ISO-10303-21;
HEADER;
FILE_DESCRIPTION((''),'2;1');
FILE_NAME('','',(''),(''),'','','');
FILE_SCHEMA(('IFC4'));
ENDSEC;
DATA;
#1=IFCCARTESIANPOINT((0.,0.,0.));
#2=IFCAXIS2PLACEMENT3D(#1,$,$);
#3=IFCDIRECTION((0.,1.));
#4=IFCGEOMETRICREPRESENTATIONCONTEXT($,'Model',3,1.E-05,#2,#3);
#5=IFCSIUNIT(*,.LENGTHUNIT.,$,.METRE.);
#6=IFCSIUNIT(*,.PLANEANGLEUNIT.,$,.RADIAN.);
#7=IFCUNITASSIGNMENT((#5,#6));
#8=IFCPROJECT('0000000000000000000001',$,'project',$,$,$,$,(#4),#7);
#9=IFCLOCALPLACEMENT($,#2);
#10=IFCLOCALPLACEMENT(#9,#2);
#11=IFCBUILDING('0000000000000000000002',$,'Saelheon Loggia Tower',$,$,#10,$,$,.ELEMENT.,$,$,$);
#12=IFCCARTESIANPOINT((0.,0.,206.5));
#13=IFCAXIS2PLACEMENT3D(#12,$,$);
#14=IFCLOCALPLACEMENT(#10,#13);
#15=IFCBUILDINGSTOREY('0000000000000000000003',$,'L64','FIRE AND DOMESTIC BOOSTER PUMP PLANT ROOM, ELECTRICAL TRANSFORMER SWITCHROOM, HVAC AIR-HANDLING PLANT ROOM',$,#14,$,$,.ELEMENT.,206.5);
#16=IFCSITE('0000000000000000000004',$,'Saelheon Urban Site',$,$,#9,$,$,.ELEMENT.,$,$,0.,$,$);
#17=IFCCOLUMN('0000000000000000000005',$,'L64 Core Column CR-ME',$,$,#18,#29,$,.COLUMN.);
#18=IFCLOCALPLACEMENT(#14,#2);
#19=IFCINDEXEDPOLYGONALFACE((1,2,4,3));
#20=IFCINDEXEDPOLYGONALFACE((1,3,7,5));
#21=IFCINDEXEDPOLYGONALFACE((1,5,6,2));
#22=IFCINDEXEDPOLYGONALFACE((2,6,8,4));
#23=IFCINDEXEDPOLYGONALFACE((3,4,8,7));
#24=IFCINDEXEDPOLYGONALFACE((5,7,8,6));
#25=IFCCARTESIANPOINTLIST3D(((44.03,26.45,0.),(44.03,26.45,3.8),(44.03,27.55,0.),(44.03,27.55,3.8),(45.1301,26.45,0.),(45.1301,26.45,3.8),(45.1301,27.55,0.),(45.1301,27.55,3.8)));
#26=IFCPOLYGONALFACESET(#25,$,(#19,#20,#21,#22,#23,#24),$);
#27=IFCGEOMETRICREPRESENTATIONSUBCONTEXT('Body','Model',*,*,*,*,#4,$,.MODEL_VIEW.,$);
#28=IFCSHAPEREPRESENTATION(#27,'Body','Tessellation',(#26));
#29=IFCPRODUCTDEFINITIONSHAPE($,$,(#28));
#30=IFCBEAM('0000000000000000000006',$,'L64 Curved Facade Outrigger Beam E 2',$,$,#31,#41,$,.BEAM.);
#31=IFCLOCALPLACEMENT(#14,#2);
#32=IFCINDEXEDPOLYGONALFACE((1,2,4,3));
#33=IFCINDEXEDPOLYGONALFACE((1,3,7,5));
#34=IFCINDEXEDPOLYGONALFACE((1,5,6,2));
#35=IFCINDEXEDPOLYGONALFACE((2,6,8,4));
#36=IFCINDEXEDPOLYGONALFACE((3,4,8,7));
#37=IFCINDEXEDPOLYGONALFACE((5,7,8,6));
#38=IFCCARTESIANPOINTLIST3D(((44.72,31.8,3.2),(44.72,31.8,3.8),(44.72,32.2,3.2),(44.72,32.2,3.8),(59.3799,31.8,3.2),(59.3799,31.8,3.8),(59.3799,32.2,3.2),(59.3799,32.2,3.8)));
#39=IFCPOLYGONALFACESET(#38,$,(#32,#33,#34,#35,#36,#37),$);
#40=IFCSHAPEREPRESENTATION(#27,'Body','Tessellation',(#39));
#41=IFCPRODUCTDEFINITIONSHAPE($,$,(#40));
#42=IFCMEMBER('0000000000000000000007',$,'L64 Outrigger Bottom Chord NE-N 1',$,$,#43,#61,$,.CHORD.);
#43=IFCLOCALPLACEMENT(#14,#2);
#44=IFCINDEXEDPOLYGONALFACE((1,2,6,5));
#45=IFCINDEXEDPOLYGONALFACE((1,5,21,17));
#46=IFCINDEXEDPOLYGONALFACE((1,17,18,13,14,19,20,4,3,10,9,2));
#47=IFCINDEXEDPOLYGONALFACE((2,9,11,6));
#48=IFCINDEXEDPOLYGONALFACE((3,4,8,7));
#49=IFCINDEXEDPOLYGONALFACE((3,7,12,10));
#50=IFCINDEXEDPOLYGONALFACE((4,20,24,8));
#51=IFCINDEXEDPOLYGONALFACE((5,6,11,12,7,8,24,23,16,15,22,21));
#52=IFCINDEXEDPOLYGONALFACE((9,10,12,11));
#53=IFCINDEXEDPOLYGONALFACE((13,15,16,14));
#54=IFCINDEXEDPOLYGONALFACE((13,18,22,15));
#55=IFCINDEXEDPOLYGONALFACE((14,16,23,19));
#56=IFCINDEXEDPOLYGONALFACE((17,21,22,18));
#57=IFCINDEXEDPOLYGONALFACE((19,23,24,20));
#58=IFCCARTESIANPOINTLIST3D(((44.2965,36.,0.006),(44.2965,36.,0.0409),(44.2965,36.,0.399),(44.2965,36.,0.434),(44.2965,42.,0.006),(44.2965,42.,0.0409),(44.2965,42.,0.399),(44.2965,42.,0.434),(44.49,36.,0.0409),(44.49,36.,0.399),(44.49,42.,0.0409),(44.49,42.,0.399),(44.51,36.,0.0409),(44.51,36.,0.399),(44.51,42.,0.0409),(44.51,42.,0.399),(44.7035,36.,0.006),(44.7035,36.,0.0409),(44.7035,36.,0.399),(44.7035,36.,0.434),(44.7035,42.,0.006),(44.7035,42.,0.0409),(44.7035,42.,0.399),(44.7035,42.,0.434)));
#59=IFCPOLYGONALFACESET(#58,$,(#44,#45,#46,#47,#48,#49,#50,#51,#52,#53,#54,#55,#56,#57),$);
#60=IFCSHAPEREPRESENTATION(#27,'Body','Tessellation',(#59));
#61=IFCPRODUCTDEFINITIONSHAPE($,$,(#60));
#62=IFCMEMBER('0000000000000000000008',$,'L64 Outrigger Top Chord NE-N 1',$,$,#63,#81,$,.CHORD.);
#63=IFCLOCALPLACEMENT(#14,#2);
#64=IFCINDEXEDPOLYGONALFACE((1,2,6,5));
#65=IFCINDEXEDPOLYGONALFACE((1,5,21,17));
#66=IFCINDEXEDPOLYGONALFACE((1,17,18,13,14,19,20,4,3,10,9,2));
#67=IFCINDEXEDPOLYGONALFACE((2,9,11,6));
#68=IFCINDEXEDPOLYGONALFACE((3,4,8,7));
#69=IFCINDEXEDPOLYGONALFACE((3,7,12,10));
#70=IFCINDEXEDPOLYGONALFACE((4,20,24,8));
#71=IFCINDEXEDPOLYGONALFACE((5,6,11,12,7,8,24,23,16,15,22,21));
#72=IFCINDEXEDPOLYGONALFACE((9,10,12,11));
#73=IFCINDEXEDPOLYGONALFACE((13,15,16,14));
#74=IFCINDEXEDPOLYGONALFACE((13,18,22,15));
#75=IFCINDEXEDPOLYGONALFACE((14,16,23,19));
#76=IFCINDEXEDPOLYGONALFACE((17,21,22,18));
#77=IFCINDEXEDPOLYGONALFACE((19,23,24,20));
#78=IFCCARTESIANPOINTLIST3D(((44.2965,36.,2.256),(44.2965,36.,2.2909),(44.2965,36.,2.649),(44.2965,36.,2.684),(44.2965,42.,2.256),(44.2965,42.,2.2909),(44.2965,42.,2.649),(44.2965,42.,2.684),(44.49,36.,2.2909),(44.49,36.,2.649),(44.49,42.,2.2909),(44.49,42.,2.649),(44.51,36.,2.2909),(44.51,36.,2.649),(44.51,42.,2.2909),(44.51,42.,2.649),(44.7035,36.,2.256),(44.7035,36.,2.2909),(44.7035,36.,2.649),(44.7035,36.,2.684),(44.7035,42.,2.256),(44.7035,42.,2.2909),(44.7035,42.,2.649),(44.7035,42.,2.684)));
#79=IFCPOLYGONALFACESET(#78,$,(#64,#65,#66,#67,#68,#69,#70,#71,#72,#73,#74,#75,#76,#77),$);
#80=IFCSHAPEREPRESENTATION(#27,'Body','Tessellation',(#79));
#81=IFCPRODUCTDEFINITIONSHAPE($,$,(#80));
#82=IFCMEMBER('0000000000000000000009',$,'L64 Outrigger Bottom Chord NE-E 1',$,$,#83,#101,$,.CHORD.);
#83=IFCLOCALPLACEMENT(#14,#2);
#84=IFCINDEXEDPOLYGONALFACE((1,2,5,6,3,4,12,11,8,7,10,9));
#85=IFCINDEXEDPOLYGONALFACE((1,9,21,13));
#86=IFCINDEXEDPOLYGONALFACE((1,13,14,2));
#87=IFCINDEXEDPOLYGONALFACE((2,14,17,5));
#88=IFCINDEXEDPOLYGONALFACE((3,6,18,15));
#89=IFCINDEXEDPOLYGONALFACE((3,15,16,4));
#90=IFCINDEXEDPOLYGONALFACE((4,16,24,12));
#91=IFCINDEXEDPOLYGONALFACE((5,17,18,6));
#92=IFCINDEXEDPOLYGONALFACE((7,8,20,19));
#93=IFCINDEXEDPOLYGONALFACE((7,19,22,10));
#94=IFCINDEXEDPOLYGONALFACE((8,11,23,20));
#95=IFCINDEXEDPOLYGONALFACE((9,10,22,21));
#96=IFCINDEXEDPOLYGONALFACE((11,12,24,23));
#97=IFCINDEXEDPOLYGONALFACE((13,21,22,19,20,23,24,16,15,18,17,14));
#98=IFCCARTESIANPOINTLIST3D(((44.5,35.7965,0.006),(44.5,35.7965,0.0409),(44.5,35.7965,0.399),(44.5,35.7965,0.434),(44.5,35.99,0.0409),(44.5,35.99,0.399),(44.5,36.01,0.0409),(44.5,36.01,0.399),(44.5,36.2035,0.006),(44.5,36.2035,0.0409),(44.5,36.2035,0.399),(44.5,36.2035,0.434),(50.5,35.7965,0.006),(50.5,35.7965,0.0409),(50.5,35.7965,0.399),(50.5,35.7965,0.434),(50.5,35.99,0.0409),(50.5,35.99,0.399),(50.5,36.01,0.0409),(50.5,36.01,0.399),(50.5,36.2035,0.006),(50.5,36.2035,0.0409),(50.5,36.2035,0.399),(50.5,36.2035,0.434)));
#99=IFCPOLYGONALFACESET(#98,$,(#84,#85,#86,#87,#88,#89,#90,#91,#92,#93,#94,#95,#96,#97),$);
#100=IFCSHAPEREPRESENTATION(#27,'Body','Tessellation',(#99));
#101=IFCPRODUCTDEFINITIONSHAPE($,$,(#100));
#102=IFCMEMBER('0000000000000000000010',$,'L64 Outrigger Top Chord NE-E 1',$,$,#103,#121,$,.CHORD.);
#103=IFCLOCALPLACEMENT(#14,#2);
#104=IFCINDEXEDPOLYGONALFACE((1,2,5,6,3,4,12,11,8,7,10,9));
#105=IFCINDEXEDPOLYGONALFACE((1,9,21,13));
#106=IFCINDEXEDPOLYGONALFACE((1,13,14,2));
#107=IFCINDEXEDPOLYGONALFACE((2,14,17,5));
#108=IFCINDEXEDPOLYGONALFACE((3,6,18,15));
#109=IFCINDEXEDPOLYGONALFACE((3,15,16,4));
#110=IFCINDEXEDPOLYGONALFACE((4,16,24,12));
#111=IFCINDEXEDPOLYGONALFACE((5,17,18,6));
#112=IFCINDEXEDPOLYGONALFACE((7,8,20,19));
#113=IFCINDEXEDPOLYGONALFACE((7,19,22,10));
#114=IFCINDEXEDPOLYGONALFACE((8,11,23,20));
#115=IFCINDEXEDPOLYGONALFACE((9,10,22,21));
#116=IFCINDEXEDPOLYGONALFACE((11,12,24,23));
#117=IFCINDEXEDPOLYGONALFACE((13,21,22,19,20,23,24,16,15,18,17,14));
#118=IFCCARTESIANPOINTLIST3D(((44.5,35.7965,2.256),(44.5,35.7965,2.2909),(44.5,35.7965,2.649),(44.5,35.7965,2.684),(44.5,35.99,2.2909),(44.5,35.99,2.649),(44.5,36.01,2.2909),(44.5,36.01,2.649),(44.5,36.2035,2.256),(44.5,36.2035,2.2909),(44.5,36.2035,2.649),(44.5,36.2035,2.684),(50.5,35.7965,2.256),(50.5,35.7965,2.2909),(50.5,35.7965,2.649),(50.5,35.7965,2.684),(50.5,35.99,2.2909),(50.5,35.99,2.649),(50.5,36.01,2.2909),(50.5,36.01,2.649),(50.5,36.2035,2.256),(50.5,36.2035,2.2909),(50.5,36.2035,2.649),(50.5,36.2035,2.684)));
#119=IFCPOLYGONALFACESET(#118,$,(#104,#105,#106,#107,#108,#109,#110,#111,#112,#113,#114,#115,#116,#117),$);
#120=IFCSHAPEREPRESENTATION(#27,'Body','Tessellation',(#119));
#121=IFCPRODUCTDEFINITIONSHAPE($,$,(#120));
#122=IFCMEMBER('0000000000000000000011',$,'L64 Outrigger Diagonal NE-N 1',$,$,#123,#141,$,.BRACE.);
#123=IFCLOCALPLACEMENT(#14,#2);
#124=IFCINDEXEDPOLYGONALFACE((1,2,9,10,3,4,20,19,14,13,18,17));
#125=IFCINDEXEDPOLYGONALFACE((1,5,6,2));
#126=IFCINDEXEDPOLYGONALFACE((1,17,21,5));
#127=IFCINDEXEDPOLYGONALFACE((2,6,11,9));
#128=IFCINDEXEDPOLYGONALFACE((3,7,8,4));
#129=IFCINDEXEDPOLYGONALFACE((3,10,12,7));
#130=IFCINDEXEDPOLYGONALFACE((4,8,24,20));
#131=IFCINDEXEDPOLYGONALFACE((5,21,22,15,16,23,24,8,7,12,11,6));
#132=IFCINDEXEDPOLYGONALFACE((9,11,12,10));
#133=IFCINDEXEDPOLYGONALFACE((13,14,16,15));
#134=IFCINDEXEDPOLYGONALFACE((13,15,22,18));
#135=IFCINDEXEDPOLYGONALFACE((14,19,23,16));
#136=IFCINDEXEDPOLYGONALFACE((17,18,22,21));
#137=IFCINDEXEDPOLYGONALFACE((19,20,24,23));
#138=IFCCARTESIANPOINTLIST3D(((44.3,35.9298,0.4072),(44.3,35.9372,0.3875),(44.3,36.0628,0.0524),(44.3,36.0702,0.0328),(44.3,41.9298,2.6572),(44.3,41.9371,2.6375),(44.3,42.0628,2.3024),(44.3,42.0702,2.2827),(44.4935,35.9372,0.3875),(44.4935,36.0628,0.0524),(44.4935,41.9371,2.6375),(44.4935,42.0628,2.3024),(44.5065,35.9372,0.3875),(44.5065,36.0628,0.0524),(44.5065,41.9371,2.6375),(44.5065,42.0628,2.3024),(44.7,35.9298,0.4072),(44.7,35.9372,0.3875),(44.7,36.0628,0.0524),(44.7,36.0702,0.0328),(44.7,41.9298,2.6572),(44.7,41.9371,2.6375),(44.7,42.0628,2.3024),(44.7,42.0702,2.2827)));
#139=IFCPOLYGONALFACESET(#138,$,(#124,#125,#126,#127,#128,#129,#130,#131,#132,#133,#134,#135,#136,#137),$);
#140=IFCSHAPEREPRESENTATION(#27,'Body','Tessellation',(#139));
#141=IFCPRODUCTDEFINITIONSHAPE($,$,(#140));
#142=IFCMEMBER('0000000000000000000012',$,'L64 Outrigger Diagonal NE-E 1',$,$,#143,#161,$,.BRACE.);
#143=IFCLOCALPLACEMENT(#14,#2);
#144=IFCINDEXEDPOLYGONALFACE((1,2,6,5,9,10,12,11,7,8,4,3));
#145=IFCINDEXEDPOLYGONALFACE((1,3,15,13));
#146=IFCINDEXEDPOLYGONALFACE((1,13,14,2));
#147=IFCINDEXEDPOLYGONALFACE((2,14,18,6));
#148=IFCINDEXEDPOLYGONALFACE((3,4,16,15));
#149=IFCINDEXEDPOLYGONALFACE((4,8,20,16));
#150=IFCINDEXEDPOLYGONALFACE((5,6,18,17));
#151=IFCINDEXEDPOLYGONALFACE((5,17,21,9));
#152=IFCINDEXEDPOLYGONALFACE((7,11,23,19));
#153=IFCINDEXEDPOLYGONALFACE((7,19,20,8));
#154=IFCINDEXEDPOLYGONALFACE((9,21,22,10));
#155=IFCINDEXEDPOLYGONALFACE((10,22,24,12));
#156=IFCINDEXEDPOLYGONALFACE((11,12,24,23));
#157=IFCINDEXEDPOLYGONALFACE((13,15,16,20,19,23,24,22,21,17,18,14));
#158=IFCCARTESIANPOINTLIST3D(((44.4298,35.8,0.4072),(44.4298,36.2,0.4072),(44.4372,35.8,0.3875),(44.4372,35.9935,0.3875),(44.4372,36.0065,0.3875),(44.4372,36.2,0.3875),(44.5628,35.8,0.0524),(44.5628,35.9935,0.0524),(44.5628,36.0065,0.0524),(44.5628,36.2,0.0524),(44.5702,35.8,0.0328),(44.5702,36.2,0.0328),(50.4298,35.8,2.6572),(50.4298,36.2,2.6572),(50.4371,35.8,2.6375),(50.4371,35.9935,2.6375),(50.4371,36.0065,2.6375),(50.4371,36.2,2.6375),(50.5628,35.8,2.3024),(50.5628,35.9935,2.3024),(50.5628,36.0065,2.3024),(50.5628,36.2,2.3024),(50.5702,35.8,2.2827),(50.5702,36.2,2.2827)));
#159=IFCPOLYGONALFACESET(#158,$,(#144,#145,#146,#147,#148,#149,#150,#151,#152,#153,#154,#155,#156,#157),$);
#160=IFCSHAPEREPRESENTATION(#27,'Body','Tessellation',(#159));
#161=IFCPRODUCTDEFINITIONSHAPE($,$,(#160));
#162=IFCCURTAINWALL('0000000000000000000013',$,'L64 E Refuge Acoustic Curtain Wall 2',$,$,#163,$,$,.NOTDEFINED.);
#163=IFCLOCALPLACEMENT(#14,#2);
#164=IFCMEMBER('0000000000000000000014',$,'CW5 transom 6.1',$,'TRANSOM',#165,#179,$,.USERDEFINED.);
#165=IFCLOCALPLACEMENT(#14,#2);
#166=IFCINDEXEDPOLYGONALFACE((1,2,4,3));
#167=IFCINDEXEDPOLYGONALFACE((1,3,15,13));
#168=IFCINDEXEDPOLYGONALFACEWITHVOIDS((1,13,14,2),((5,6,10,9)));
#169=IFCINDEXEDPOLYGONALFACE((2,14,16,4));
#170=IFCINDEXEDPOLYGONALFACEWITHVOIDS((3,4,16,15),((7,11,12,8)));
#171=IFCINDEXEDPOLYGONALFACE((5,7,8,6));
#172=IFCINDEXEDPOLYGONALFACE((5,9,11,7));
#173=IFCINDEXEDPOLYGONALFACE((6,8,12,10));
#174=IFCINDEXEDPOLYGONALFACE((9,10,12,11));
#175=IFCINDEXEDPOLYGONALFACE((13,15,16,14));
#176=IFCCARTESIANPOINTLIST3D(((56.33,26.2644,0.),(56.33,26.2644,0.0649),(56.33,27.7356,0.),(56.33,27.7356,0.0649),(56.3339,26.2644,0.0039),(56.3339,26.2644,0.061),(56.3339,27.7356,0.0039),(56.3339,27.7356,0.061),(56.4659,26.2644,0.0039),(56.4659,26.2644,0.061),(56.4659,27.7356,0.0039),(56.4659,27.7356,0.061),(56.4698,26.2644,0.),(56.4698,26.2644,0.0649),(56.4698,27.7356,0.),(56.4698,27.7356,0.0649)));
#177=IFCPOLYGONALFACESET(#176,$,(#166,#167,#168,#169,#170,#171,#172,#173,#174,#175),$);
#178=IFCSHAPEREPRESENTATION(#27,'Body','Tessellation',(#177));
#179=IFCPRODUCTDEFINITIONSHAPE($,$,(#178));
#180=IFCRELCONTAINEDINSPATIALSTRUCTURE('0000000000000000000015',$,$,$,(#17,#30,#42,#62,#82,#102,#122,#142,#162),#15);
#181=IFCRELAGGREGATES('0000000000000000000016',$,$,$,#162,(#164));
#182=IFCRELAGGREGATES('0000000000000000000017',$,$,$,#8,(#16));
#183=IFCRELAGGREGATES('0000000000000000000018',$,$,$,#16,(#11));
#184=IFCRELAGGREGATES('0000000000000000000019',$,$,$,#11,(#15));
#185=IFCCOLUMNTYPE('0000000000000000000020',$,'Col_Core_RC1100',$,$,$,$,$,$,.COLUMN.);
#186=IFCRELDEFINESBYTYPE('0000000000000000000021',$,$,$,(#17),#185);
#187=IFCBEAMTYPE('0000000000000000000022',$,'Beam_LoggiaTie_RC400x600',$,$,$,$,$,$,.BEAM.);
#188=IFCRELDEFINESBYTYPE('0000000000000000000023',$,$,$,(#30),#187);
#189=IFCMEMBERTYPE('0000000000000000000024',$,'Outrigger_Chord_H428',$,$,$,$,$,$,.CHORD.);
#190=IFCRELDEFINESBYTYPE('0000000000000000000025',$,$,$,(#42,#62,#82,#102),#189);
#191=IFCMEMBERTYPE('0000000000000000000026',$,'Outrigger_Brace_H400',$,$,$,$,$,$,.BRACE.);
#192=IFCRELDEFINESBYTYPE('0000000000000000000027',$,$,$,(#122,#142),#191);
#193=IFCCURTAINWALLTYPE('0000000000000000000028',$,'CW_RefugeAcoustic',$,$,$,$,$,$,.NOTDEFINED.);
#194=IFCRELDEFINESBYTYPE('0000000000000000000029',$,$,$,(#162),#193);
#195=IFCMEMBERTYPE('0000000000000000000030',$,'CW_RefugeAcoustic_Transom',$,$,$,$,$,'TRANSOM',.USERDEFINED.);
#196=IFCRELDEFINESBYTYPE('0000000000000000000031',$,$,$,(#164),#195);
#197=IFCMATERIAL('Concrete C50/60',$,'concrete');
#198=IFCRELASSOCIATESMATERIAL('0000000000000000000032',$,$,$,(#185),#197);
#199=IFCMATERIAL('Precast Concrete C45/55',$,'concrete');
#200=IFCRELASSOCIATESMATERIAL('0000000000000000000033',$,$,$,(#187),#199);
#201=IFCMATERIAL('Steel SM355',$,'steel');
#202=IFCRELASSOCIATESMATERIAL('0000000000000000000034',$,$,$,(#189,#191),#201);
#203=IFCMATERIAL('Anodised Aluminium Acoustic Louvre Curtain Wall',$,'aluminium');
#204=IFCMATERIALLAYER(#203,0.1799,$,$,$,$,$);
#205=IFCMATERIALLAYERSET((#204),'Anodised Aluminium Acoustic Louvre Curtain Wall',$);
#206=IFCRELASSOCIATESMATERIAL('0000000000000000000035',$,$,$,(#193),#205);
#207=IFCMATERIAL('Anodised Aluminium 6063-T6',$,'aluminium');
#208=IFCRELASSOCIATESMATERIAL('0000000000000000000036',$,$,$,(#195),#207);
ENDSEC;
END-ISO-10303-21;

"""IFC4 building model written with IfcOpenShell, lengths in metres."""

from ifc_helpers import new_model, si_unit, direction, frame, origin, origin_2d, place, context, subcontext, project, spatial, rectangle, hollow_rectangle, i_section, extrude, source, transform, mapped, material, layer, layer_set, material_profile, profile_set, type_object, element, aggregate, save


model = new_model("IFC4")

# Units and contexts
model_context = context("Model", 3, precision=1e-05, world=origin(), true_north=direction((0.0, 1.0)))
body_context = subcontext(model_context, "Body", "Model", "MODEL_VIEW")
ifc_project = project(units=[si_unit("LENGTHUNIT", "METRE"), si_unit("PLANEANGLEUNIT", "RADIAN")], contexts=[model_context])

# Site, building, storey
site_placement = place(None, origin())
site = spatial("IfcSite", under=ifc_project, at=site_placement, Name="Saelheon Urban Site", CompositionType="ELEMENT", RefElevation=0.0)
building_placement = place(site_placement, origin())
building = spatial("IfcBuilding", under=site, at=building_placement, Name="Saelheon Loggia Tower", CompositionType="ELEMENT")
storey_placement = place(building_placement, frame((0.0, 0.0, 206.5)))
storey = spatial("IfcBuildingStorey", under=building, at=storey_placement, Name="L64", Description="FIRE AND DOMESTIC BOOSTER PUMP PLANT ROOM, ELECTRICAL TRANSFORMER SWITCHROOM, HVAC AIR-HANDLING PLANT ROOM", CompositionType="ELEMENT", Elevation=206.5)

# Column
ifc_material_1 = material(Name="Concrete C50/60", Category="concrete")
ifc_material_profile_1 = material_profile(ifc_material_1, rectangle(XDim=1.1001, YDim=1.1001, at=origin_2d()), Name="RC-1100x1100")
ifc_profile_set_1 = profile_set([ifc_material_profile_1], Name="Concrete C50/60")
column_type = type_object("IfcColumnType", Name="Col_Core_RC1100", PredefinedType="COLUMN", material=ifc_profile_set_1)
shared_shape_1 = source(origin(), body_context, "Body", "SweptSolid", [
    extrude(rectangle(XDim=1.1001, YDim=1.1001, at=origin_2d()), origin(), (0.0, 0.0, 1.0), 3.8),
])
column_placement = place(storey_placement, frame((44.5801, 27.0, 0.0), z_axis=(0.0, 0.0, 1.0), x_axis=(1.0, 0.0, 0.0)))
element("IfcColumn", 1, at=column_placement, inside=storey, type_object=column_type, Name="L64 Core Column CR-ME", PredefinedType="COLUMN", context=body_context, shape_type="MappedRepresentation", body=[
    mapped(shared_shape_1, transform((0.0, 0.0, 0.0), scale=1.0)),
])

# Beam
ifc_material_2 = material(Name="Precast Concrete C45/55", Category="concrete")
ifc_material_profile_2 = material_profile(ifc_material_2, rectangle(XDim=0.3999, YDim=0.6001, at=origin_2d()), Name="RC-400x600")
ifc_profile_set_2 = profile_set([ifc_material_profile_2], Name="Precast Concrete C45/55")
beam_type = type_object("IfcBeamType", Name="Beam_LoggiaTie_RC400x600", PredefinedType="BEAM", material=ifc_profile_set_2)
shared_shape_2 = source(origin(), body_context, "Body", "SweptSolid", [
    extrude(rectangle(XDim=0.3999, YDim=0.6001, at=origin_2d()), origin(), (0.0, 0.0, 1.0), 14.6599),
])
beam_placement = place(storey_placement, frame((44.72, 32.0, 3.5), z_axis=(1.0, 0.0, 0.0), x_axis=(0.0, 1.0, 0.0)))
element("IfcBeam", 2, at=beam_placement, inside=storey, type_object=beam_type, Name="L64 Curved Facade Outrigger Beam E 2", PredefinedType="BEAM", context=body_context, shape_type="MappedRepresentation", body=[
    mapped(shared_shape_2, transform((0.0, 0.0, 0.0), scale=1.0)),
])

# Members
ifc_material_3 = material(Name="Steel SM355", Category="steel")
ifc_material_profile_3 = material_profile(ifc_material_3, i_section(OverallWidth=0.407, OverallDepth=0.428, WebThickness=0.02, FlangeThickness=0.0349, at=origin_2d()), Name="H-428x407x20x35")
ifc_profile_set_3 = profile_set([ifc_material_profile_3], Name="Steel SM355")
member_type_1 = type_object("IfcMemberType", Name="Outrigger_Chord_H428", PredefinedType="CHORD", material=ifc_profile_set_3)
shared_shape_3 = source(origin(), body_context, "Body", "SweptSolid", [
    extrude(i_section(OverallWidth=0.407, OverallDepth=0.428, WebThickness=0.02, FlangeThickness=0.0349, at=origin_2d()), origin(), (0.0, 0.0, 1.0), 6.0),
])
for number, where, z_axis, x_axis, name in (
    (3, (44.5, 36.0, 0.22), (0.0, 1.0, 0.0), (-1.0, 0.0, 0.0), "L64 Outrigger Bottom Chord NE-N 1"),
    (4, (44.5, 36.0, 2.47), (0.0, 1.0, 0.0), (-1.0, 0.0, 0.0), "L64 Outrigger Top Chord NE-N 1"),
    (5, (44.5, 36.0, 0.22), (1.0, 0.0, 0.0), (0.0, 1.0, 0.0), "L64 Outrigger Bottom Chord NE-E 1"),
    (6, (44.5, 36.0, 2.47), (1.0, 0.0, 0.0), (0.0, 1.0, 0.0), "L64 Outrigger Top Chord NE-E 1"),
):
    element("IfcMember", number, at=place(storey_placement, frame(where, z_axis=z_axis, x_axis=x_axis)), inside=storey, type_object=member_type_1, Name=name, PredefinedType="CHORD", context=body_context, shape_type="MappedRepresentation", body=[
        mapped(shared_shape_3, transform((0.0, 0.0, 0.0), scale=1.0)),
    ])
ifc_material_profile_4 = material_profile(ifc_material_3, i_section(OverallWidth=0.3999, OverallDepth=0.3999, WebThickness=0.0129, FlangeThickness=0.021, at=origin_2d()), Name="H-400x400x13x21")
ifc_profile_set_4 = profile_set([ifc_material_profile_4], Name="Steel SM355")
member_type_2 = type_object("IfcMemberType", Name="Outrigger_Brace_H400", PredefinedType="BRACE", material=ifc_profile_set_4)
shared_shape_4 = source(origin(), body_context, "Body", "SweptSolid", [
    extrude(i_section(OverallWidth=0.3999, OverallDepth=0.3999, WebThickness=0.0129, FlangeThickness=0.021, at=origin_2d()), origin(), (0.0, 0.0, 1.0), 6.408),
])
for number, where, z_axis, x_axis, name in (
    (7, (44.5, 36.0, 0.22), (0.0, 0.936329, 0.351123), (-1.0, 0.0, 0.0), "L64 Outrigger Diagonal NE-N 1"),
    (8, (44.5, 36.0, 0.22), (0.936329, 0.0, 0.351123), (0.0, 1.0, 0.0), "L64 Outrigger Diagonal NE-E 1"),
):
    element("IfcMember", number, at=place(storey_placement, frame(where, z_axis=z_axis, x_axis=x_axis)), inside=storey, type_object=member_type_2, Name=name, PredefinedType="BRACE", context=body_context, shape_type="MappedRepresentation", body=[
        mapped(shared_shape_4, transform((0.0, 0.0, 0.0), scale=1.0)),
    ])

# Curtain wall, member
ifc_material_4 = material(Name="Anodised Aluminium Acoustic Louvre Curtain Wall", Category="aluminium")
ifc_layer_1 = layer(ifc_material_4, 0.1799)
ifc_layer_set_1 = layer_set([ifc_layer_1], Name="Anodised Aluminium Acoustic Louvre Curtain Wall")
curtain_wall_type = type_object("IfcCurtainWallType", Name="CW_RefugeAcoustic", PredefinedType="NOTDEFINED", material=ifc_layer_set_1)
curtain_wall_placement = place(storey_placement, origin())
curtain_wall = element("IfcCurtainWall", 9, at=curtain_wall_placement, inside=storey, type_object=curtain_wall_type, Name="L64 E Refuge Acoustic Curtain Wall 2", PredefinedType="NOTDEFINED")
ifc_material_5 = material(Name="Anodised Aluminium 6063-T6", Category="aluminium")
ifc_material_profile_5 = material_profile(ifc_material_5, hollow_rectangle(XDim=0.0649, YDim=0.1399, WallThickness=0.0039, at=origin_2d()), Name="RHS-140x65x4")
ifc_profile_set_5 = profile_set([ifc_material_profile_5], Name="Anodised Aluminium 6063-T6")
member_type_3 = type_object("IfcMemberType", Name="CW_RefugeAcoustic_Transom", ElementType="TRANSOM", PredefinedType="USERDEFINED", material=ifc_profile_set_5)
shared_shape_5 = source(origin(), body_context, "Body", "SweptSolid", [
    extrude(hollow_rectangle(XDim=0.0649, YDim=0.1399, WallThickness=0.0039, at=origin_2d()), origin(), (0.0, 0.0, 1.0), 1.4712),
])
member_1_placement = place(storey_placement, frame((56.3999, 26.2644, 0.0325), z_axis=(0.0, 1.0, 0.0), x_axis=(0.0, 0.0, 1.0)))
member_1 = element("IfcMember", 10, at=member_1_placement, type_object=member_type_3, Name="CW5 transom 6.1", ObjectType="TRANSOM", PredefinedType="USERDEFINED", context=body_context, shape_type="MappedRepresentation", body=[
    mapped(shared_shape_5, transform((0.0, 0.0, 0.0), scale=1.0)),
])

aggregate(curtain_wall, [member_1])

save(model, "model.ifc")
